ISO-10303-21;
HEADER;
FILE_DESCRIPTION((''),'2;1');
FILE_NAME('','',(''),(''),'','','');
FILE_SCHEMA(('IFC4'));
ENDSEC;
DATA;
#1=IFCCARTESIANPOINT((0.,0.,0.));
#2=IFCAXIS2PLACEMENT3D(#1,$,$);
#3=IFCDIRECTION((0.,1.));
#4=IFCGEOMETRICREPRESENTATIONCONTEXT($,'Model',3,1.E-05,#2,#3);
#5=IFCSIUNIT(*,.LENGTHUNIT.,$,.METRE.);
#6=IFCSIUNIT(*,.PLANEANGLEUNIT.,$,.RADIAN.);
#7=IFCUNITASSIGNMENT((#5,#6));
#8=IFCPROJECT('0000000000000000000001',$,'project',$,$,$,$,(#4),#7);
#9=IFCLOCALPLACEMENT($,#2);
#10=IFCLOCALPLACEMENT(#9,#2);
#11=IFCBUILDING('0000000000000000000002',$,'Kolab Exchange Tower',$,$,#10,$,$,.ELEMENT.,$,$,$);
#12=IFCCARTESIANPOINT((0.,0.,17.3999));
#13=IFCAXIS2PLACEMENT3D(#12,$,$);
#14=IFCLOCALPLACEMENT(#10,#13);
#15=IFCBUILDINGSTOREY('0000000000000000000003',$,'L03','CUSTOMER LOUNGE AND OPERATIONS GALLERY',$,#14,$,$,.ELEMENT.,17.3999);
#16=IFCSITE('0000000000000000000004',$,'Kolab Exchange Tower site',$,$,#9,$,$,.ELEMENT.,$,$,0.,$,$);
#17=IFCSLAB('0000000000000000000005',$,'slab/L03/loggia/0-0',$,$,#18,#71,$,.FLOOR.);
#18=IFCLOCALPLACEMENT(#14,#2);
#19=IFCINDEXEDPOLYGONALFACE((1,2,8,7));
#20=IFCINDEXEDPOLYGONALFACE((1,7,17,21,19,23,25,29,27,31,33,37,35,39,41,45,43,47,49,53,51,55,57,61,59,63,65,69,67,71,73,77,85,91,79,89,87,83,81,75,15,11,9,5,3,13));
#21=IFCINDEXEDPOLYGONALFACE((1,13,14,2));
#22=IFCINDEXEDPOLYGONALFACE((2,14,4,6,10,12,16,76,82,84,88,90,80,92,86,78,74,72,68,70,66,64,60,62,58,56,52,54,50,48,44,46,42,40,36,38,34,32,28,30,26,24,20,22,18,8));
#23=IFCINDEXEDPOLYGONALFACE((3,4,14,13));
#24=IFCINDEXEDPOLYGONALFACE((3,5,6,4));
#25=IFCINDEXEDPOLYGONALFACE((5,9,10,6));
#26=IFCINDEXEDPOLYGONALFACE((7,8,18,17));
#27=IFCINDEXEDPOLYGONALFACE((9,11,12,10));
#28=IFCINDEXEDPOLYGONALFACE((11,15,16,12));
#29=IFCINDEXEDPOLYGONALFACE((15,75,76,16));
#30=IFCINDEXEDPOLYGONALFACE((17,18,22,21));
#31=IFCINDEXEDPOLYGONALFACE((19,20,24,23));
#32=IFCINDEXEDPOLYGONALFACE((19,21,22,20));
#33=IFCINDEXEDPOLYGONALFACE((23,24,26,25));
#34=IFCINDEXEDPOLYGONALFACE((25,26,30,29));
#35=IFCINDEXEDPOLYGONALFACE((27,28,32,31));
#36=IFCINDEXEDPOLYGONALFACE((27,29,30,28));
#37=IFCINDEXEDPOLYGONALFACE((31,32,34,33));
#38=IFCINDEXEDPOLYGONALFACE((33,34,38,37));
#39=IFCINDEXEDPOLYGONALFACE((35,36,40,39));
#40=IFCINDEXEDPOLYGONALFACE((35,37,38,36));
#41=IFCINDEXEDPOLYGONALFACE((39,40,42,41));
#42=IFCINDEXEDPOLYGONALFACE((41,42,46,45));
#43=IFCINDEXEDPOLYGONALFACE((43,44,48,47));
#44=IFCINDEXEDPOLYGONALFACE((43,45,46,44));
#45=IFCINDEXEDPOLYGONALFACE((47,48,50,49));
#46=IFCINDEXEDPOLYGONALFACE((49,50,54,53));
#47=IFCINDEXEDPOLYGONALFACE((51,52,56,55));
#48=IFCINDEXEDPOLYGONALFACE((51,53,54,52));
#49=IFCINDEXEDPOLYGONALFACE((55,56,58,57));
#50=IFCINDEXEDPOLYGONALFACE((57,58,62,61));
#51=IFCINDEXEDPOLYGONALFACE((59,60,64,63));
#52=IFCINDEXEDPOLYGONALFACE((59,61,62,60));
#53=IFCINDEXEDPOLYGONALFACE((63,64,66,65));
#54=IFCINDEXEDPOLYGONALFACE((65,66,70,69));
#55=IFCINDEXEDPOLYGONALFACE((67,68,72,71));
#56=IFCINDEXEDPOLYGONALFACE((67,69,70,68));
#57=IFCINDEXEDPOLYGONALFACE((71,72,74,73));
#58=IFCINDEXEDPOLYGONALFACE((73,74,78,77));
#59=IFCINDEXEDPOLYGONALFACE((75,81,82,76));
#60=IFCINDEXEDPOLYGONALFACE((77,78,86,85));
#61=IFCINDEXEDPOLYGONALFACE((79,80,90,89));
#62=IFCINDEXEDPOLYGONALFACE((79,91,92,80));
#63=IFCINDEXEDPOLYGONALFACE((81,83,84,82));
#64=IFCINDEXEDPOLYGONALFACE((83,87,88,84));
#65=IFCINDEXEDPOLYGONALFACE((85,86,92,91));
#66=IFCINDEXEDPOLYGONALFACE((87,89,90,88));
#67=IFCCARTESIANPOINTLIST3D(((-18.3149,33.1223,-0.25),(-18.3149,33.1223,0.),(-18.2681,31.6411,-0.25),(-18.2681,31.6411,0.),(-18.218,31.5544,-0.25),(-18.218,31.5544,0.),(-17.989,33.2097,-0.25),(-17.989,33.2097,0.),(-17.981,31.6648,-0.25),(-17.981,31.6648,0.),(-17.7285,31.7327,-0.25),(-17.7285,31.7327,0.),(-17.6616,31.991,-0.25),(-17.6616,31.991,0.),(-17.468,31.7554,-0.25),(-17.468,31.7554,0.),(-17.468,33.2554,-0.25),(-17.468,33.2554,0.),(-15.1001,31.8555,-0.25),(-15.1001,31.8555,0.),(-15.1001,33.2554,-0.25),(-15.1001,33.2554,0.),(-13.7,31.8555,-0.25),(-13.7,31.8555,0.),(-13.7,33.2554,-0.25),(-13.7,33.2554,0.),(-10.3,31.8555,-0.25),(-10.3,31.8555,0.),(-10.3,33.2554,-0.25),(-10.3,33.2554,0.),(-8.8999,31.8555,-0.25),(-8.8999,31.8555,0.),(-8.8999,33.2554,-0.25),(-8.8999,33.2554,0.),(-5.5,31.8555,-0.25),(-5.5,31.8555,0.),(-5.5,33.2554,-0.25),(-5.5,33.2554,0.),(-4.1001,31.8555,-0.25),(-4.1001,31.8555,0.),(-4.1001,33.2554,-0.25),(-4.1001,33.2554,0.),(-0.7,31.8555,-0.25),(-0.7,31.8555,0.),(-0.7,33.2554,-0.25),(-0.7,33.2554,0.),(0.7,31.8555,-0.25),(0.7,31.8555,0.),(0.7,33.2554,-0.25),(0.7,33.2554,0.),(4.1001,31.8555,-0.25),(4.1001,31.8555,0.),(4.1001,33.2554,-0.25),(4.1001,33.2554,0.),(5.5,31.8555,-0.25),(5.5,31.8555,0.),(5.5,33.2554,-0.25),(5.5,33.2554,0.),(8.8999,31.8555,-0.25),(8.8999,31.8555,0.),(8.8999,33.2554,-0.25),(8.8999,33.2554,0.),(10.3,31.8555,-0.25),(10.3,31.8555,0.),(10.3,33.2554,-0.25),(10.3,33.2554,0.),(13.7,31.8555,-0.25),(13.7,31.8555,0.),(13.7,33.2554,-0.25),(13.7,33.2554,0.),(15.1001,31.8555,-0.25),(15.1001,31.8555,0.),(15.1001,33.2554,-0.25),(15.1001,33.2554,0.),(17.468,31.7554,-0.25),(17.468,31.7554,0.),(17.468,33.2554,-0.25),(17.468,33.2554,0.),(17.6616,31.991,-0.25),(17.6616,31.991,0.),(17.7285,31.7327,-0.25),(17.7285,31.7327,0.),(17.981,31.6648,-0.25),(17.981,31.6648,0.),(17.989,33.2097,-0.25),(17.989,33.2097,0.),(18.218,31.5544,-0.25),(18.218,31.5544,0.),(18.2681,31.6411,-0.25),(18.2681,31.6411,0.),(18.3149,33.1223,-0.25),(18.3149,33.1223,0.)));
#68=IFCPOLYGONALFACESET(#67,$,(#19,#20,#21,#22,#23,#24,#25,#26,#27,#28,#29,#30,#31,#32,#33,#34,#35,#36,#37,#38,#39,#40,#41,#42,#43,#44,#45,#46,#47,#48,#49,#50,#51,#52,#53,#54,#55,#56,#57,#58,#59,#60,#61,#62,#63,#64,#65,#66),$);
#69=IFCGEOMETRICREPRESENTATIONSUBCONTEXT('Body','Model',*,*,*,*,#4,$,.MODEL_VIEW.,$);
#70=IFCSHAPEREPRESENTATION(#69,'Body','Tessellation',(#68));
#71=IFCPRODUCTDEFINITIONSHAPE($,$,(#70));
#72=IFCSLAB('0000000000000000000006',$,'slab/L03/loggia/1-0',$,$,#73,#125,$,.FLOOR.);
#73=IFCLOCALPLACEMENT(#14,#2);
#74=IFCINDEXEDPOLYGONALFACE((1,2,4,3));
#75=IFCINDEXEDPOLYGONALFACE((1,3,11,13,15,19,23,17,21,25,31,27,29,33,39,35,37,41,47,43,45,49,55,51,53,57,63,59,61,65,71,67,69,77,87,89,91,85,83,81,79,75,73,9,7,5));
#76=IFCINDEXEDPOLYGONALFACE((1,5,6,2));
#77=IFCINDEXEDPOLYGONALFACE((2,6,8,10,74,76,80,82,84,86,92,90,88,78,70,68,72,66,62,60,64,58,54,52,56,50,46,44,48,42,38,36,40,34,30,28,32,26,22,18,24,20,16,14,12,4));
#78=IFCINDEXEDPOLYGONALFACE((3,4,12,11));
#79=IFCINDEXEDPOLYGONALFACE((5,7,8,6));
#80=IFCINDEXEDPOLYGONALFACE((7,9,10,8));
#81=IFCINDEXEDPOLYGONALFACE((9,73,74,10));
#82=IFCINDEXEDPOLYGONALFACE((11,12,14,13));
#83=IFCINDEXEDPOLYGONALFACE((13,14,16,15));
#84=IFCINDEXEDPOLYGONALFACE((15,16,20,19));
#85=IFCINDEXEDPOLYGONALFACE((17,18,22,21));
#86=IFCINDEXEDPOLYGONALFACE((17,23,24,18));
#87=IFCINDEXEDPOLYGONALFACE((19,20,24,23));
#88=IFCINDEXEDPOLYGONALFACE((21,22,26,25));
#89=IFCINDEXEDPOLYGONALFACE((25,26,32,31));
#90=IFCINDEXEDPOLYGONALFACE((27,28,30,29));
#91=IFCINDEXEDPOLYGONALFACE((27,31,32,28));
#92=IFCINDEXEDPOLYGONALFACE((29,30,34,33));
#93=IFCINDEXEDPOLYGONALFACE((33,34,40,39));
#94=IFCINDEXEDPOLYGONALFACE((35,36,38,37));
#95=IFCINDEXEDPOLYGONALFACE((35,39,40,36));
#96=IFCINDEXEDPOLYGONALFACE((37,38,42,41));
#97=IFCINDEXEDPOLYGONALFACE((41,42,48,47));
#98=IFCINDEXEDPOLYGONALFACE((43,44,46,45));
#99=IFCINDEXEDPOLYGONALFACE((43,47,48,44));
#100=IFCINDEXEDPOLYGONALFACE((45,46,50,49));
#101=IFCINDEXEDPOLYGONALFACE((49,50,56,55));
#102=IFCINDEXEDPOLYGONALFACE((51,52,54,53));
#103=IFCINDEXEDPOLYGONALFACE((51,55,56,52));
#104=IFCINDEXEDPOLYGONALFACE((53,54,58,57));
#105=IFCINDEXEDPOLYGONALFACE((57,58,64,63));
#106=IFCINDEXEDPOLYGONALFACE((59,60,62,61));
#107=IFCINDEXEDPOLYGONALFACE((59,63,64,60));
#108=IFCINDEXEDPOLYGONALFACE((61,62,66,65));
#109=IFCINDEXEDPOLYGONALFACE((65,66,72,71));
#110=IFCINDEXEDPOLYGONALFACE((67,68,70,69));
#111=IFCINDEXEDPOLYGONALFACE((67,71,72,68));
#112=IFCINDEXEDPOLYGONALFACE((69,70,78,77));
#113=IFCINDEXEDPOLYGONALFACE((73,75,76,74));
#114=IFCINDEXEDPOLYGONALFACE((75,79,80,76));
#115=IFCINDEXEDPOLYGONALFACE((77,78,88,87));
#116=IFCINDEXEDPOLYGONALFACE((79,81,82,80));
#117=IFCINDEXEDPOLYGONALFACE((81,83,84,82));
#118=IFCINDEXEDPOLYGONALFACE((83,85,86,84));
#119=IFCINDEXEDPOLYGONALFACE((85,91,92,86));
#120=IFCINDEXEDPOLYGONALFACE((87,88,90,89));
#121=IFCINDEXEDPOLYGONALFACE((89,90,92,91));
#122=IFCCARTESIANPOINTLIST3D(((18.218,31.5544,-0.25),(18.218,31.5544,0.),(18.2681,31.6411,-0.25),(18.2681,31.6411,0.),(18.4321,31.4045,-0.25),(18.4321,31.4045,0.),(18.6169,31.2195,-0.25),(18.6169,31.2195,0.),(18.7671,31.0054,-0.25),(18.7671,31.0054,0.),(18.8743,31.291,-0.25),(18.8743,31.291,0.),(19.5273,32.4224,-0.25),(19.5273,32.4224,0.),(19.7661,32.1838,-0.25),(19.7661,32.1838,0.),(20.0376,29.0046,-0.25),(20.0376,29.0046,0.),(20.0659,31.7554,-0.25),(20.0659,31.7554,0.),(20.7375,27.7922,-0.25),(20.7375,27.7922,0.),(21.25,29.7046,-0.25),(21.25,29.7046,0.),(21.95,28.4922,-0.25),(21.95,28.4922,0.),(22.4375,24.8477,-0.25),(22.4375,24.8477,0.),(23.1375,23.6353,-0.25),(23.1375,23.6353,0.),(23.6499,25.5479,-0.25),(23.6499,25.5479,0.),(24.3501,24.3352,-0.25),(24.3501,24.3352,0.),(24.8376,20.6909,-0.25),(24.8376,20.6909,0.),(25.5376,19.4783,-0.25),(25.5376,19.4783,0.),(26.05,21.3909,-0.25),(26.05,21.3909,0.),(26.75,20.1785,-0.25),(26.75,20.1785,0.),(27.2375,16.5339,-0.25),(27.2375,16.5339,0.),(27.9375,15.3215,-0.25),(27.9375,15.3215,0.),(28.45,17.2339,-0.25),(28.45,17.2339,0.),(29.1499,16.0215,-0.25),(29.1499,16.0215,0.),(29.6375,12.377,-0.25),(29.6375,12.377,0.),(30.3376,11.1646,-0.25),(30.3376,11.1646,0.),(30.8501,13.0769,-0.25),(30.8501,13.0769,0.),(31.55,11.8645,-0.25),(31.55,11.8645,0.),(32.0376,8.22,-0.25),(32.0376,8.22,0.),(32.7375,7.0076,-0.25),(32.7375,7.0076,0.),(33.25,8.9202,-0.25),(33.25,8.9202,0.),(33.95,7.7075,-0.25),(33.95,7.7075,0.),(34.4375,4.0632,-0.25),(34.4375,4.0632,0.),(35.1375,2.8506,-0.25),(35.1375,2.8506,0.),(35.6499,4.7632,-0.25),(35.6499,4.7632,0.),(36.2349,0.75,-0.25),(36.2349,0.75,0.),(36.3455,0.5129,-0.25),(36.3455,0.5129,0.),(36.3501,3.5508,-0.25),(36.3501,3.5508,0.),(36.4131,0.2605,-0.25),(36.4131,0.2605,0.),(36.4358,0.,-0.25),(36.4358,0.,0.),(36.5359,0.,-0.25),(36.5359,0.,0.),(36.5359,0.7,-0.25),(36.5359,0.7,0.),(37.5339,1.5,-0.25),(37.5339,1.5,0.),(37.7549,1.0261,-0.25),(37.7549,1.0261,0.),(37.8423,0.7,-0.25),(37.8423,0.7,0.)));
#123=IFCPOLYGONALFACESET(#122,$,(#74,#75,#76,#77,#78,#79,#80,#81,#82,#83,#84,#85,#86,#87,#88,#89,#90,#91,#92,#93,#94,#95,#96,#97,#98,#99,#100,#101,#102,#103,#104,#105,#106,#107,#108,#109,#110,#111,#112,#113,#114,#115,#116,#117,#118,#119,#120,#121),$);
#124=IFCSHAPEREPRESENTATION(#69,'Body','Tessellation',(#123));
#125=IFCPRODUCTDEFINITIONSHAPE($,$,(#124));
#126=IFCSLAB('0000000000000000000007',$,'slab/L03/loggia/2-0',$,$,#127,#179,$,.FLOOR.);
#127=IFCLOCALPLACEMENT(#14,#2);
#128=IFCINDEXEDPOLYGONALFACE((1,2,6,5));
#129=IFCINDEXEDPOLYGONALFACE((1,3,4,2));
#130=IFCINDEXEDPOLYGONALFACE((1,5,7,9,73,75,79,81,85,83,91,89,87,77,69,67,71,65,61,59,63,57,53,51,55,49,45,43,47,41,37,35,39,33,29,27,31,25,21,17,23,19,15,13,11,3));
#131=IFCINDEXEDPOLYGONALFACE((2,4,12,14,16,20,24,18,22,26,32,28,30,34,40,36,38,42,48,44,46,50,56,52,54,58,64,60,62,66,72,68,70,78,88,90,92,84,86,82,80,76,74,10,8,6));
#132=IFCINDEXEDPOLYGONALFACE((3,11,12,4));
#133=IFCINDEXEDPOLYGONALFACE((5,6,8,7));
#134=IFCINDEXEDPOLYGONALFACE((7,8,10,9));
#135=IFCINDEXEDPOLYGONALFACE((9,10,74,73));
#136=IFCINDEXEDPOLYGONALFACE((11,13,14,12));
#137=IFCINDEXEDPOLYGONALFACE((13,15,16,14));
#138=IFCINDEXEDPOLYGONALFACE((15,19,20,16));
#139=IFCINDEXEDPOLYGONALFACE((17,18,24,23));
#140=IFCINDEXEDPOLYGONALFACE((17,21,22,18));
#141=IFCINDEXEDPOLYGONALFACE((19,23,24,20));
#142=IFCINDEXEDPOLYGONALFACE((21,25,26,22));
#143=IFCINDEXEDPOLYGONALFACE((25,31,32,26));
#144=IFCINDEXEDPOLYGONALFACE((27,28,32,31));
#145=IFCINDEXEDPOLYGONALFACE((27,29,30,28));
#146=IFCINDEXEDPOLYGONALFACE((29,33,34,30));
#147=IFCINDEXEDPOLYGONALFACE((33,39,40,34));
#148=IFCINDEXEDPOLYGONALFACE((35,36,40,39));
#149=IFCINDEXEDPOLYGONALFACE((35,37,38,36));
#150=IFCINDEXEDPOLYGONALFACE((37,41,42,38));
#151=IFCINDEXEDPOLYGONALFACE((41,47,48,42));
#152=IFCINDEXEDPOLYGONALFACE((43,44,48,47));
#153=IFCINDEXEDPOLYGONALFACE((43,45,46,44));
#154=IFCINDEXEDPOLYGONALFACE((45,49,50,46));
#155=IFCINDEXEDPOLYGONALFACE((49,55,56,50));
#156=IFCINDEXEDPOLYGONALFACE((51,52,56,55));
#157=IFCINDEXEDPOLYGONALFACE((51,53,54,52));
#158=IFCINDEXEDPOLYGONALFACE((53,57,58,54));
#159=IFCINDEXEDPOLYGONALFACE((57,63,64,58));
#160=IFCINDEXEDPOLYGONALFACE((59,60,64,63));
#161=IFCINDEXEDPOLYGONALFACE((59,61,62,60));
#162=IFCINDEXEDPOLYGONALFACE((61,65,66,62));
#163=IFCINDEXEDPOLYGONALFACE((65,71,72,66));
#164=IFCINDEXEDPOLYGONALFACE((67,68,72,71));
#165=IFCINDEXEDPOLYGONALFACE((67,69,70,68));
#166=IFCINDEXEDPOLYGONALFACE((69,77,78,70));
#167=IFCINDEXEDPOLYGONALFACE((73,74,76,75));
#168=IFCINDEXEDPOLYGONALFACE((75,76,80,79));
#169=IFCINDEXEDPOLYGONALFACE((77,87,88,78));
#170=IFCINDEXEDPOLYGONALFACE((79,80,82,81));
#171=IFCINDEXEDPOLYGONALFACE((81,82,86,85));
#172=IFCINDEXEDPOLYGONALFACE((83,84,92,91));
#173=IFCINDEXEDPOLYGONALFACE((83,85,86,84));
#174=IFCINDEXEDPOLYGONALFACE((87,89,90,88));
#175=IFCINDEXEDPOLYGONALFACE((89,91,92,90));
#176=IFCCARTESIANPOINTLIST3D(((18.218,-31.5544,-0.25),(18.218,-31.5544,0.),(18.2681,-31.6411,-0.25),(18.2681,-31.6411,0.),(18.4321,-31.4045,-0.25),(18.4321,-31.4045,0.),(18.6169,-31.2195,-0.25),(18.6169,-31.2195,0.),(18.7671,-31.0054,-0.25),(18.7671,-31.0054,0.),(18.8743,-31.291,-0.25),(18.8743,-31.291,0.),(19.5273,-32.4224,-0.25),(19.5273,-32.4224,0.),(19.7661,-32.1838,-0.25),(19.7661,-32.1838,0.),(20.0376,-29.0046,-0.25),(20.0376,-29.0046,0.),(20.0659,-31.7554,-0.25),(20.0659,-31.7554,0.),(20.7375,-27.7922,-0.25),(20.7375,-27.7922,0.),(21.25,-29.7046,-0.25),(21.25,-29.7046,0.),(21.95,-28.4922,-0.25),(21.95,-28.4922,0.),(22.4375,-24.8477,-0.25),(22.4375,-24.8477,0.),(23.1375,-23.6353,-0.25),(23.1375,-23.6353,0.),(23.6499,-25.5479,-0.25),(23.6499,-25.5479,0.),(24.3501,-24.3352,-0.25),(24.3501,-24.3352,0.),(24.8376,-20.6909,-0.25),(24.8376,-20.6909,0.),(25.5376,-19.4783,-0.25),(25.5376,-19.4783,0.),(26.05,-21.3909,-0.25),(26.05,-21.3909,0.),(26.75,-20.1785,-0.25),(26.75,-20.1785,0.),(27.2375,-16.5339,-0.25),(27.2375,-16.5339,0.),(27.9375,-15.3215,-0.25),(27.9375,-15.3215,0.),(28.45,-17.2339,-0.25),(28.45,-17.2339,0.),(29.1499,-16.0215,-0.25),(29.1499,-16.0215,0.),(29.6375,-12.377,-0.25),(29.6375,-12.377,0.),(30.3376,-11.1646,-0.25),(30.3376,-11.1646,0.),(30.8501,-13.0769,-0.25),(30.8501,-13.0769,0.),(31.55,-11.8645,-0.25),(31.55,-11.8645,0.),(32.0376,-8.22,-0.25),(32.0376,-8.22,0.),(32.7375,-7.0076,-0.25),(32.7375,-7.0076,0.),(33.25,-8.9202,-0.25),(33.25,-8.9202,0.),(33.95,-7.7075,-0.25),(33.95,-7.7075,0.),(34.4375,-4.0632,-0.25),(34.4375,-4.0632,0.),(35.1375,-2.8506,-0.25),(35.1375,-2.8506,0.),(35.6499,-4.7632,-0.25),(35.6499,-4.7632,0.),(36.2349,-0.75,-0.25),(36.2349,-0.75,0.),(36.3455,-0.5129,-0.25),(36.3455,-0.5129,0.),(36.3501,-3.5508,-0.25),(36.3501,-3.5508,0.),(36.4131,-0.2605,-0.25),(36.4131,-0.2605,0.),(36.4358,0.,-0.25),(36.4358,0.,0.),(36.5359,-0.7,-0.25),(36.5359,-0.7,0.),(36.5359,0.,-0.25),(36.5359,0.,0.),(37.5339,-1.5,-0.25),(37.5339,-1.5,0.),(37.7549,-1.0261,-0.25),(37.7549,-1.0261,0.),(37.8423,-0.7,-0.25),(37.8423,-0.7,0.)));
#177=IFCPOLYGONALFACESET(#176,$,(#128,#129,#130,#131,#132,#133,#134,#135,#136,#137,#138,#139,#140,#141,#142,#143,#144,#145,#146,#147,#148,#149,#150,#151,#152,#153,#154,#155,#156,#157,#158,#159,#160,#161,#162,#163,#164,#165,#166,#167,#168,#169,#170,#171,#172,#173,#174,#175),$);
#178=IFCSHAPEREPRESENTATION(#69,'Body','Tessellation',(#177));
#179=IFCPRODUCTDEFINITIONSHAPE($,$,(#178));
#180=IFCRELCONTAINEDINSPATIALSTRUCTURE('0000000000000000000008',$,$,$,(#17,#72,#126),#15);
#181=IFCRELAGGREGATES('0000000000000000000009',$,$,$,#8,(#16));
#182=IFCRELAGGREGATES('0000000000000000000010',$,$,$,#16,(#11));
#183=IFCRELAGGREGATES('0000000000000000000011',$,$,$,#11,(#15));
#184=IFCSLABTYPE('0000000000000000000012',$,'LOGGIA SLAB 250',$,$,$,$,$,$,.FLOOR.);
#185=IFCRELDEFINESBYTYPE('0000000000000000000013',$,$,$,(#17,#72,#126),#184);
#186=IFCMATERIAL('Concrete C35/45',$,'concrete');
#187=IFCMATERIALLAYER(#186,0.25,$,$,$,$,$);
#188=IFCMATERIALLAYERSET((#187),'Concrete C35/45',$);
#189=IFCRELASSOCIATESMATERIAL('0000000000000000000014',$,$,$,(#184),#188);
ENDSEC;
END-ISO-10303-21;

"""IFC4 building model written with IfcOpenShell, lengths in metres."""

from ifc_helpers import new_model, si_unit, direction, frame, origin, place, context, subcontext, project, spatial, polyline, outline, extrude, material, layer, layer_set, type_object, element, save


model = new_model("IFC4")

# Units and contexts
model_context = context("Model", 3, precision=1e-05, world=origin(), true_north=direction((0.0, 1.0)))
body_context = subcontext(model_context, "Body", "Model", "MODEL_VIEW")
ifc_project = project(units=[si_unit("LENGTHUNIT", "METRE"), si_unit("PLANEANGLEUNIT", "RADIAN")], contexts=[model_context])

# Site, building, storey
site_placement = place(None, origin())
site = spatial("IfcSite", under=ifc_project, at=site_placement, Name="Kolab Exchange Tower site", CompositionType="ELEMENT", RefElevation=0.0)
building_placement = place(site_placement, origin())
building = spatial("IfcBuilding", under=site, at=building_placement, Name="Kolab Exchange Tower", CompositionType="ELEMENT")
storey_placement = place(building_placement, frame((0.0, 0.0, 17.3999)))
storey = spatial("IfcBuildingStorey", under=building, at=storey_placement, Name="L03", Description="CUSTOMER LOUNGE AND OPERATIONS GALLERY", CompositionType="ELEMENT", Elevation=17.3999)

# Slabs
ifc_material = material(Name="Concrete C35/45", Category="concrete")
ifc_layer_1 = layer(ifc_material, 0.25)
ifc_layer_set_1 = layer_set([ifc_layer_1], Name="Concrete C35/45")
slab_type_1 = type_object("IfcSlabType", Name="LOGGIA SLAB 250", PredefinedType="FLOOR", material=ifc_layer_set_1)
slab_1_placement = place(storey_placement, frame((0.0, 0.0, -0.25)))
element("IfcSlab", 1, at=slab_1_placement, inside=storey, type_object=slab_type_1, Name="slab/L03/loggia/0-0", PredefinedType="FLOOR", context=body_context, shape_type="SweptSolid", body=[
    extrude(outline(polyline([(18.218, 31.5544), (18.2681, 31.6411), (17.6616, 31.991), (18.3149, 33.1223), (17.989, 33.2097), (17.468, 33.2554), (15.1001, 33.2554), (15.1001, 31.8555), (13.7, 31.8555), (13.7, 33.2554), (10.3, 33.2554), (10.3, 31.8555), (8.8999, 31.8555), (8.8999, 33.2554), (5.5, 33.2554), (5.5, 31.8555), (4.1001, 31.8555), (4.1001, 33.2554), (0.7, 33.2554), (0.7, 31.8555), (-0.7, 31.8555), (-0.7, 33.2554), (-4.1001, 33.2554), (-4.1001, 31.8555), (-5.5, 31.8555), (-5.5, 33.2554), (-8.8999, 33.2554), (-8.8999, 31.8555), (-10.3, 31.8555), (-10.3, 33.2554), (-13.7, 33.2554), (-13.7, 31.8555), (-15.1001, 31.8555), (-15.1001, 33.2554), (-17.468, 33.2554), (-17.989, 33.2097), (-18.3149, 33.1223), (-17.6616, 31.991), (-18.2681, 31.6411), (-18.218, 31.5544), (-17.981, 31.6648), (-17.7285, 31.7327), (-17.468, 31.7554), (17.468, 31.7554), (17.7285, 31.7327), (17.981, 31.6648), (18.218, 31.5544)])), origin(), (0.0, 0.0, 1.0), 0.25),
])
slab_2_placement = place(storey_placement, frame((0.0, 0.0, -0.25)))
element("IfcSlab", 2, at=slab_2_placement, inside=storey, type_object=slab_type_1, Name="slab/L03/loggia/1-0", PredefinedType="FLOOR", context=body_context, shape_type="SweptSolid", body=[
    extrude(outline(polyline([(36.4358, 0.0), (36.5359, 0.0), (36.5359, 0.7), (37.8423, 0.7), (37.7549, 1.0261), (37.5339, 1.5), (36.3501, 3.5508), (35.1375, 2.8506), (34.4375, 4.0632), (35.6499, 4.7632), (33.95, 7.7075), (32.7375, 7.0076), (32.0376, 8.22), (33.25, 8.9202), (31.55, 11.8645), (30.3376, 11.1646), (29.6375, 12.377), (30.8501, 13.0769), (29.1499, 16.0215), (27.9375, 15.3215), (27.2375, 16.5339), (28.45, 17.2339), (26.75, 20.1785), (25.5376, 19.4783), (24.8376, 20.6909), (26.05, 21.3909), (24.3501, 24.3352), (23.1375, 23.6353), (22.4375, 24.8477), (23.6499, 25.5479), (21.95, 28.4922), (20.7375, 27.7922), (20.0376, 29.0046), (21.25, 29.7046), (20.0659, 31.7554), (19.7661, 32.1838), (19.5273, 32.4224), (18.8743, 31.291), (18.2681, 31.6411), (18.218, 31.5544), (18.4321, 31.4045), (18.6169, 31.2195), (18.7671, 31.0054), (36.2349, 0.75), (36.3455, 0.5129), (36.4131, 0.2605), (36.4358, 0.0)])), origin(), (0.0, 0.0, 1.0), 0.25),
])
slab_3_placement = place(storey_placement, frame((0.0, 0.0, -0.25)))
element("IfcSlab", 3, at=slab_3_placement, inside=storey, type_object=slab_type_1, Name="slab/L03/loggia/2-0", PredefinedType="FLOOR", context=body_context, shape_type="SweptSolid", body=[
    extrude(outline(polyline([(20.0659, -31.7554), (21.25, -29.7046), (20.0376, -29.0046), (20.7375, -27.7922), (21.95, -28.4922), (23.6499, -25.5479), (22.4375, -24.8477), (23.1375, -23.6353), (24.3501, -24.3352), (26.05, -21.3909), (24.8376, -20.6909), (25.5376, -19.4783), (26.75, -20.1785), (28.45, -17.2339), (27.2375, -16.5339), (27.9375, -15.3215), (29.1499, -16.0215), (30.8501, -13.0769), (29.6375, -12.377), (30.3376, -11.1646), (31.55, -11.8645), (33.25, -8.9202), (32.0376, -8.22), (32.7375, -7.0076), (33.95, -7.7075), (35.6499, -4.7632), (34.4375, -4.0632), (35.1375, -2.8506), (36.3501, -3.5508), (37.5339, -1.5), (37.7549, -1.0261), (37.8423, -0.7), (36.5359, -0.7), (36.5359, 0.0), (36.4358, 0.0), (36.4131, -0.2605), (36.3455, -0.5129), (36.2349, -0.75), (18.7671, -31.0054), (18.6169, -31.2195), (18.4321, -31.4045), (18.218, -31.5544), (18.2681, -31.6411), (18.8743, -31.291), (19.5273, -32.4224), (19.7661, -32.1838), (20.0659, -31.7554)])), origin(), (0.0, 0.0, 1.0), 0.25),
])

save(model, "model.ifc")
